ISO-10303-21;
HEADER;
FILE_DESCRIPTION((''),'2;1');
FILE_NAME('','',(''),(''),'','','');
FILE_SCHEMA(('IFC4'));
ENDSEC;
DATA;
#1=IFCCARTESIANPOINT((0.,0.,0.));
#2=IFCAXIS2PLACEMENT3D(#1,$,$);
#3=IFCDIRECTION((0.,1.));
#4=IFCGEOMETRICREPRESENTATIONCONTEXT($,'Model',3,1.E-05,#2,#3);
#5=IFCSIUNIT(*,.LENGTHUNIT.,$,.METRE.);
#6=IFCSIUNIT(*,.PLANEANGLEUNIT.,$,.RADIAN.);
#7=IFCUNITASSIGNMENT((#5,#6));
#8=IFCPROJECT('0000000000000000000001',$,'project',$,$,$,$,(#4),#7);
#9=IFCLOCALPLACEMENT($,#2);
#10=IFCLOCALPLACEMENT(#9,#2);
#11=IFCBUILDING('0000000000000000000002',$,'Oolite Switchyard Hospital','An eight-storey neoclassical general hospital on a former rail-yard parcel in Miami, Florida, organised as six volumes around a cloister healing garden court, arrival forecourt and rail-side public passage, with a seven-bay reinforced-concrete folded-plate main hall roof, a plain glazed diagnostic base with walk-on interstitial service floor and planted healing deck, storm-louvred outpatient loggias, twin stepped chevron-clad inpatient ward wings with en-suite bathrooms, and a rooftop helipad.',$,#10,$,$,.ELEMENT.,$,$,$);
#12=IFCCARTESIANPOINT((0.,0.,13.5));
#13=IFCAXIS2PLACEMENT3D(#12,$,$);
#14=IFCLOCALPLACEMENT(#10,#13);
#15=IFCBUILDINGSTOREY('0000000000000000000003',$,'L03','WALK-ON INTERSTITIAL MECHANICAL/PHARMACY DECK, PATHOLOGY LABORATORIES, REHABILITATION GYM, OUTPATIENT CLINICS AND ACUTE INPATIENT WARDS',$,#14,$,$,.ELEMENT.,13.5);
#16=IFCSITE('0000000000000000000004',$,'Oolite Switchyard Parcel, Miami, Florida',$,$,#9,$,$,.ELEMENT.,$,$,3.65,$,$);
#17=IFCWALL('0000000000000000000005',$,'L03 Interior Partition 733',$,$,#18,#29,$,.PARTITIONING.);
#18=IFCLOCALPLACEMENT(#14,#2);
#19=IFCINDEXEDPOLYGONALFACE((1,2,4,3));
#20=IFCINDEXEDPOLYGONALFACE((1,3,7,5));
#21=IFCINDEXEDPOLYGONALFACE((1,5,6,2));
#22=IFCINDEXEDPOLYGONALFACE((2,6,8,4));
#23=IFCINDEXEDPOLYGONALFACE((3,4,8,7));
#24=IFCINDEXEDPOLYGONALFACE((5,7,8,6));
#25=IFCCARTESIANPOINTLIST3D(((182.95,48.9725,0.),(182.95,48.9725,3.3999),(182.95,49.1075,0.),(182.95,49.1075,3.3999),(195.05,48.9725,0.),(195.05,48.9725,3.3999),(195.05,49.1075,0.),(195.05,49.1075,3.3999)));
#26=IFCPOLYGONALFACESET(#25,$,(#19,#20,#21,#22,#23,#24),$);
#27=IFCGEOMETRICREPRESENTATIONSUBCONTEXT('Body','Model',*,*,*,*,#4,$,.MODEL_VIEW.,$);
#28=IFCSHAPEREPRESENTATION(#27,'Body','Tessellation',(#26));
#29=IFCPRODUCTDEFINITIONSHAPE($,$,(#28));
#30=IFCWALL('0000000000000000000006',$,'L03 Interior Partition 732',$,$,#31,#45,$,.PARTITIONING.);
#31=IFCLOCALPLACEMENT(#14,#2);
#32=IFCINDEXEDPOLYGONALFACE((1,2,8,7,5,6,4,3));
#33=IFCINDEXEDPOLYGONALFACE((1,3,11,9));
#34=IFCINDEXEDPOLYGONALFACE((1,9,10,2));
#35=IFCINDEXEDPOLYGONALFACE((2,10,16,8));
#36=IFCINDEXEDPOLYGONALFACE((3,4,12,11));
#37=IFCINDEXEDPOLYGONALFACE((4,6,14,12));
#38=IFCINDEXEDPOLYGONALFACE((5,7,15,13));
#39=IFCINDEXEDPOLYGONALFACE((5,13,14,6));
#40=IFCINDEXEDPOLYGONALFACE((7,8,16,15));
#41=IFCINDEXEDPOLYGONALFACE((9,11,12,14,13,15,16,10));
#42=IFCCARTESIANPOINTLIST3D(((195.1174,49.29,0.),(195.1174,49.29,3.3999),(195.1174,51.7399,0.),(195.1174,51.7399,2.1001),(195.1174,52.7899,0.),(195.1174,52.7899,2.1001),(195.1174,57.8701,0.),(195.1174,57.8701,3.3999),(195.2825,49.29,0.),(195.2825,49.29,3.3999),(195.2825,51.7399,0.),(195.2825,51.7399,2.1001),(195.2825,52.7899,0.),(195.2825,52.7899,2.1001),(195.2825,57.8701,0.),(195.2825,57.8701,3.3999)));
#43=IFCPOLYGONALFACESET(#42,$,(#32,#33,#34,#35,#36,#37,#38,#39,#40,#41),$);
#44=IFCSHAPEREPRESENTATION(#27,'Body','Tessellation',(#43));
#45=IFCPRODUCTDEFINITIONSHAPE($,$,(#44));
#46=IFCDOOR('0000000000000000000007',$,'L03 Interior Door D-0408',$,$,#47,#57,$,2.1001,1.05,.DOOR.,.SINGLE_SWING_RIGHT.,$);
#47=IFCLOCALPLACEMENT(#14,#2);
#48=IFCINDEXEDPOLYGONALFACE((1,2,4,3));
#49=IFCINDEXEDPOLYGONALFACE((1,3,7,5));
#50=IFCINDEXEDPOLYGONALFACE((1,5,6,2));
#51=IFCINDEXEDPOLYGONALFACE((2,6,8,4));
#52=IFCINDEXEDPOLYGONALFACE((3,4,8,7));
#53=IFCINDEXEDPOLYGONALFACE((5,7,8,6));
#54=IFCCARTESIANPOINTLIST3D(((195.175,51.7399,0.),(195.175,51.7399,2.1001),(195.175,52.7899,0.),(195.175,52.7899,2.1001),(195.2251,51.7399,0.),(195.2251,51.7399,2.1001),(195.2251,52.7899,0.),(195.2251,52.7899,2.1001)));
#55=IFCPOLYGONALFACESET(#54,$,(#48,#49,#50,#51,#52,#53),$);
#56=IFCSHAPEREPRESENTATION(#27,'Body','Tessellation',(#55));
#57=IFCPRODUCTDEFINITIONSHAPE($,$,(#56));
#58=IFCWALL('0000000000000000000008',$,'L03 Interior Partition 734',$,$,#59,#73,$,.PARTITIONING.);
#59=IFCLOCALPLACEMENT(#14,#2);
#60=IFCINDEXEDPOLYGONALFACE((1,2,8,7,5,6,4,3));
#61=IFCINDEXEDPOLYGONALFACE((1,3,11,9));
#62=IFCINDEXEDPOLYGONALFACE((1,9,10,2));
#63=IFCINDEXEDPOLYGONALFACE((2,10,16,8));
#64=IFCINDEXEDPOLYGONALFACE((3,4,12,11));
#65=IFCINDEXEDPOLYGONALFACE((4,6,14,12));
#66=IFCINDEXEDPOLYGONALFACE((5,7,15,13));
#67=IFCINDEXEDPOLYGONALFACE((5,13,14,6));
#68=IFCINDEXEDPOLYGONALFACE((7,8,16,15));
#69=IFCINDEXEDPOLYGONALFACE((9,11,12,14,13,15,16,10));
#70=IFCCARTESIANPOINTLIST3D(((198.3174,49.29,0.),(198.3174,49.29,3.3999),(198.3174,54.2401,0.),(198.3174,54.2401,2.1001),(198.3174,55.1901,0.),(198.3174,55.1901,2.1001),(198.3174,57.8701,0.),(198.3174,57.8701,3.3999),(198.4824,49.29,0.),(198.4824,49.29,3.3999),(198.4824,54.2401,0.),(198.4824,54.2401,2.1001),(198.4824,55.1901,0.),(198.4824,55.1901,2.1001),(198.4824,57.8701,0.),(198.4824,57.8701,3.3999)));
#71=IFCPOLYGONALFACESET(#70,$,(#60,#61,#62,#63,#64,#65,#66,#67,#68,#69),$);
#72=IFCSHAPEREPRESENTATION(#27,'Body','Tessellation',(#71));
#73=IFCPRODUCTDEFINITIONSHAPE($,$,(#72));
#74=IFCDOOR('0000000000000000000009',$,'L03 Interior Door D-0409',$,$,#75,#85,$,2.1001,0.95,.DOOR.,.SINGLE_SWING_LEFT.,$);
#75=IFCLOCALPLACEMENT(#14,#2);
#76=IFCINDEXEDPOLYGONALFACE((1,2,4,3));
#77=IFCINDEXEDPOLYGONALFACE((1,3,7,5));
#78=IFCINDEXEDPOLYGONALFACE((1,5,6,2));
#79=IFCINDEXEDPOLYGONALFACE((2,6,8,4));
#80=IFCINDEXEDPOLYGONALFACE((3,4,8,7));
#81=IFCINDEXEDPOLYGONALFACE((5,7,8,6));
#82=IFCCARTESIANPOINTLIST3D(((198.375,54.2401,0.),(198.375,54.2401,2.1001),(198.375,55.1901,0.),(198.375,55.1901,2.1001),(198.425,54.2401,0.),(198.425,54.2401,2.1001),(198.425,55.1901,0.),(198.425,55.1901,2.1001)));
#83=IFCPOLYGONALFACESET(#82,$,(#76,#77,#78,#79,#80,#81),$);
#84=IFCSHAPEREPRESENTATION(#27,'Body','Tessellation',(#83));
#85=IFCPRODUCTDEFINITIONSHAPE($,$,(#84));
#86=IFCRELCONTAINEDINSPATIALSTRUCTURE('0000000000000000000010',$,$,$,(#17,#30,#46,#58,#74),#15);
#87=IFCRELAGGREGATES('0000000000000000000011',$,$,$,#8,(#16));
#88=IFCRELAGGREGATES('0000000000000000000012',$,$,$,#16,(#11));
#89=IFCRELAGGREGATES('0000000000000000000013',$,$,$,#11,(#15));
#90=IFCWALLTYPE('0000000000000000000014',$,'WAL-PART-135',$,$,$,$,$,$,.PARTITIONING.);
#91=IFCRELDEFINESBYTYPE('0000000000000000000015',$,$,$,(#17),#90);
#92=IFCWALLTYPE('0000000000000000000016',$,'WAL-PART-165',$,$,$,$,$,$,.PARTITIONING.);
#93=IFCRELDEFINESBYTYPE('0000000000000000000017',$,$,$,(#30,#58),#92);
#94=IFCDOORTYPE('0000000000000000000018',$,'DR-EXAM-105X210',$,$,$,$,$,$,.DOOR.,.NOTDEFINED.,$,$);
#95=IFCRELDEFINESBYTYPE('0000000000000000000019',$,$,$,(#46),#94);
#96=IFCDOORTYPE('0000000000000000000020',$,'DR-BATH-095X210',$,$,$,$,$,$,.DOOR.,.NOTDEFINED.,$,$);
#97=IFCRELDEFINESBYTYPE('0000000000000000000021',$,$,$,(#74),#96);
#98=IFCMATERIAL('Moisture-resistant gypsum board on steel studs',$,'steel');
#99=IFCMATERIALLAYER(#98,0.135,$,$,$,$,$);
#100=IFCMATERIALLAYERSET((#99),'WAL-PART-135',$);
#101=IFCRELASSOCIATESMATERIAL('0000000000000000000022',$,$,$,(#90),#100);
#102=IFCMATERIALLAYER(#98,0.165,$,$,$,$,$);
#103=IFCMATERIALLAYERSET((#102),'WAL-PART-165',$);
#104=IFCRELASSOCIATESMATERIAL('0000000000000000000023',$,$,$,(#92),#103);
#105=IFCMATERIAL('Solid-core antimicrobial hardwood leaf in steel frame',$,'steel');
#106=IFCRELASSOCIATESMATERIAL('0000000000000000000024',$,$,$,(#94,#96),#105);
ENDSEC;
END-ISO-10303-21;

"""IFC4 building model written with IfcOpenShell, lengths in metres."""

from ifc_helpers import new_model, si_unit, direction, frame, frame_2d, origin, place, context, subcontext, project, spatial, rectangle, extrude, material, layer, layer_set, type_object, element, fill, save


model = new_model("IFC4")

# Units and contexts
model_context = context("Model", 3, precision=1e-05, world=origin(), true_north=direction((0.0, 1.0)))
body_context = subcontext(model_context, "Body", "Model", "MODEL_VIEW")
ifc_project = project(units=[si_unit("LENGTHUNIT", "METRE"), si_unit("PLANEANGLEUNIT", "RADIAN")], contexts=[model_context])

# Site, building, storey
site_placement = place(None, origin())
site = spatial("IfcSite", under=ifc_project, at=site_placement, Name="Oolite Switchyard Parcel, Miami, Florida", CompositionType="ELEMENT", RefElevation=3.65)
building_placement = place(site_placement, origin())
building = spatial("IfcBuilding", under=site, at=building_placement, Name="Oolite Switchyard Hospital", Description="An eight-storey neoclassical general hospital on a former rail-yard parcel in Miami, Florida, organised as six volumes around a cloister healing garden court, arrival forecourt and rail-side public passage, with a seven-bay reinforced-concrete folded-plate main hall roof, a plain glazed diagnostic base with walk-on interstitial service floor and planted healing deck, storm-louvred outpatient loggias, twin stepped chevron-clad inpatient ward wings with en-suite bathrooms, and a rooftop helipad.", CompositionType="ELEMENT")
storey_placement = place(building_placement, frame((0.0, 0.0, 13.5)))
storey = spatial("IfcBuildingStorey", under=building, at=storey_placement, Name="L03", Description="WALK-ON INTERSTITIAL MECHANICAL/PHARMACY DECK, PATHOLOGY LABORATORIES, REHABILITATION GYM, OUTPATIENT CLINICS AND ACUTE INPATIENT WARDS", CompositionType="ELEMENT", Elevation=13.5)

# Wall
ifc_material_1 = material(Name="Moisture-resistant gypsum board on steel studs", Category="steel")
ifc_layer_1 = layer(ifc_material_1, 0.135)
ifc_layer_set_1 = layer_set([ifc_layer_1], Name="WAL-PART-135")
wall_type_1 = type_object("IfcWallType", Name="WAL-PART-135", PredefinedType="PARTITIONING", material=ifc_layer_set_1)
wall_1_placement = place(storey_placement, frame((182.95, 49.04, 0.0), z_axis=(0.0, 0.0, 1.0), x_axis=(1.0, 0.0, 0.0)))
element("IfcWall", 1, at=wall_1_placement, inside=storey, type_object=wall_type_1, Name="L03 Interior Partition 733", PredefinedType="PARTITIONING", context=body_context, shape_type="SweptSolid", body=[
    extrude(rectangle(XDim=12.1001, YDim=0.135, at=frame_2d((6.05, 0.0))), origin(), (0.0, 0.0, 1.0), 3.3999),
])

# Walls, openings, doors
ifc_layer_2 = layer(ifc_material_1, 0.165)
ifc_layer_set_2 = layer_set([ifc_layer_2], Name="WAL-PART-165")
wall_type_2 = type_object("IfcWallType", Name="WAL-PART-165", PredefinedType="PARTITIONING", material=ifc_layer_set_2)
wall_2_placement = place(storey_placement, frame((195.2, 49.29, 0.0), z_axis=(0.0, 0.0, 1.0), x_axis=(0.0, 1.0, 0.0)))
wall_2 = element("IfcWall", 2, at=wall_2_placement, inside=storey, type_object=wall_type_2, Name="L03 Interior Partition 732", PredefinedType="PARTITIONING", context=body_context, shape_type="SweptSolid", body=[
    extrude(rectangle(XDim=8.5801, YDim=0.165, at=frame_2d((4.29, 0.0))), origin(), (0.0, 0.0, 1.0), 3.3999),
])
opening_1_placement = place(wall_2_placement, frame((2.45, 0.0, 0.0)))
opening_1 = element("IfcOpeningElement", 3, at=opening_1_placement, cuts=wall_2, PredefinedType="OPENING", context=body_context, shape_type="SweptSolid", body=[
    extrude(rectangle(XDim=1.05, YDim=2.1001, at=frame_2d((0.5249, 1.05))), frame((0.0, 0.0925, 0.0), z_axis=(0.0, -1.0, 0.0), x_axis=(1.0, 0.0, 0.0)), (0.0, 0.0, 1.0), 0.1851),
])
ifc_material_2 = material(Name="Solid-core antimicrobial hardwood leaf in steel frame", Category="steel")
door_type_1 = type_object("IfcDoorType", Name="DR-EXAM-105X210", OperationType="NOTDEFINED", PredefinedType="DOOR", material=ifc_material_2)
door_1_placement = place(opening_1_placement, origin())
door_1 = element("IfcDoor", 4, at=door_1_placement, inside=storey, type_object=door_type_1, Name="L03 Interior Door D-0408", OperationType="SINGLE_SWING_RIGHT", OverallHeight=2.1001, OverallWidth=1.05, PredefinedType="DOOR", context=body_context, shape_type="SweptSolid", body=[
    extrude(rectangle(XDim=1.05, YDim=2.1001, at=frame_2d((0.5249, 1.05))), frame((0.0, 0.0249, 0.0), z_axis=(0.0, -1.0, 0.0), x_axis=(1.0, 0.0, 0.0)), (0.0, 0.0, 1.0), 0.05),
])
fill(opening_1, door_1)
wall_3_placement = place(storey_placement, frame((198.3999, 49.29, 0.0), z_axis=(0.0, 0.0, 1.0), x_axis=(0.0, 1.0, 0.0)))
wall_3 = element("IfcWall", 5, at=wall_3_placement, inside=storey, type_object=wall_type_2, Name="L03 Interior Partition 734", PredefinedType="PARTITIONING", context=body_context, shape_type="SweptSolid", body=[
    extrude(rectangle(XDim=8.5801, YDim=0.165, at=frame_2d((4.29, 0.0))), origin(), (0.0, 0.0, 1.0), 3.3999),
])
opening_2_placement = place(wall_3_placement, frame((4.95, 0.0, 0.0)))
opening_2 = element("IfcOpeningElement", 6, at=opening_2_placement, cuts=wall_3, PredefinedType="OPENING", context=body_context, shape_type="SweptSolid", body=[
    extrude(rectangle(XDim=0.95, YDim=2.1001, at=frame_2d((0.4751, 1.05))), frame((0.0, 0.0925, 0.0), z_axis=(0.0, -1.0, 0.0), x_axis=(1.0, 0.0, 0.0)), (0.0, 0.0, 1.0), 0.1851),
])
door_type_2 = type_object("IfcDoorType", Name="DR-BATH-095X210", OperationType="NOTDEFINED", PredefinedType="DOOR", material=ifc_material_2)
door_2_placement = place(opening_2_placement, origin())
door_2 = element("IfcDoor", 7, at=door_2_placement, inside=storey, type_object=door_type_2, Name="L03 Interior Door D-0409", OperationType="SINGLE_SWING_LEFT", OverallHeight=2.1001, OverallWidth=0.95, PredefinedType="DOOR", context=body_context, shape_type="SweptSolid", body=[
    extrude(rectangle(XDim=0.95, YDim=2.1001, at=frame_2d((0.4751, 1.05))), frame((0.0, 0.0249, 0.0), z_axis=(0.0, -1.0, 0.0), x_axis=(1.0, 0.0, 0.0)), (0.0, 0.0, 1.0), 0.05),
])
fill(opening_2, door_2)

save(model, "model.ifc")
